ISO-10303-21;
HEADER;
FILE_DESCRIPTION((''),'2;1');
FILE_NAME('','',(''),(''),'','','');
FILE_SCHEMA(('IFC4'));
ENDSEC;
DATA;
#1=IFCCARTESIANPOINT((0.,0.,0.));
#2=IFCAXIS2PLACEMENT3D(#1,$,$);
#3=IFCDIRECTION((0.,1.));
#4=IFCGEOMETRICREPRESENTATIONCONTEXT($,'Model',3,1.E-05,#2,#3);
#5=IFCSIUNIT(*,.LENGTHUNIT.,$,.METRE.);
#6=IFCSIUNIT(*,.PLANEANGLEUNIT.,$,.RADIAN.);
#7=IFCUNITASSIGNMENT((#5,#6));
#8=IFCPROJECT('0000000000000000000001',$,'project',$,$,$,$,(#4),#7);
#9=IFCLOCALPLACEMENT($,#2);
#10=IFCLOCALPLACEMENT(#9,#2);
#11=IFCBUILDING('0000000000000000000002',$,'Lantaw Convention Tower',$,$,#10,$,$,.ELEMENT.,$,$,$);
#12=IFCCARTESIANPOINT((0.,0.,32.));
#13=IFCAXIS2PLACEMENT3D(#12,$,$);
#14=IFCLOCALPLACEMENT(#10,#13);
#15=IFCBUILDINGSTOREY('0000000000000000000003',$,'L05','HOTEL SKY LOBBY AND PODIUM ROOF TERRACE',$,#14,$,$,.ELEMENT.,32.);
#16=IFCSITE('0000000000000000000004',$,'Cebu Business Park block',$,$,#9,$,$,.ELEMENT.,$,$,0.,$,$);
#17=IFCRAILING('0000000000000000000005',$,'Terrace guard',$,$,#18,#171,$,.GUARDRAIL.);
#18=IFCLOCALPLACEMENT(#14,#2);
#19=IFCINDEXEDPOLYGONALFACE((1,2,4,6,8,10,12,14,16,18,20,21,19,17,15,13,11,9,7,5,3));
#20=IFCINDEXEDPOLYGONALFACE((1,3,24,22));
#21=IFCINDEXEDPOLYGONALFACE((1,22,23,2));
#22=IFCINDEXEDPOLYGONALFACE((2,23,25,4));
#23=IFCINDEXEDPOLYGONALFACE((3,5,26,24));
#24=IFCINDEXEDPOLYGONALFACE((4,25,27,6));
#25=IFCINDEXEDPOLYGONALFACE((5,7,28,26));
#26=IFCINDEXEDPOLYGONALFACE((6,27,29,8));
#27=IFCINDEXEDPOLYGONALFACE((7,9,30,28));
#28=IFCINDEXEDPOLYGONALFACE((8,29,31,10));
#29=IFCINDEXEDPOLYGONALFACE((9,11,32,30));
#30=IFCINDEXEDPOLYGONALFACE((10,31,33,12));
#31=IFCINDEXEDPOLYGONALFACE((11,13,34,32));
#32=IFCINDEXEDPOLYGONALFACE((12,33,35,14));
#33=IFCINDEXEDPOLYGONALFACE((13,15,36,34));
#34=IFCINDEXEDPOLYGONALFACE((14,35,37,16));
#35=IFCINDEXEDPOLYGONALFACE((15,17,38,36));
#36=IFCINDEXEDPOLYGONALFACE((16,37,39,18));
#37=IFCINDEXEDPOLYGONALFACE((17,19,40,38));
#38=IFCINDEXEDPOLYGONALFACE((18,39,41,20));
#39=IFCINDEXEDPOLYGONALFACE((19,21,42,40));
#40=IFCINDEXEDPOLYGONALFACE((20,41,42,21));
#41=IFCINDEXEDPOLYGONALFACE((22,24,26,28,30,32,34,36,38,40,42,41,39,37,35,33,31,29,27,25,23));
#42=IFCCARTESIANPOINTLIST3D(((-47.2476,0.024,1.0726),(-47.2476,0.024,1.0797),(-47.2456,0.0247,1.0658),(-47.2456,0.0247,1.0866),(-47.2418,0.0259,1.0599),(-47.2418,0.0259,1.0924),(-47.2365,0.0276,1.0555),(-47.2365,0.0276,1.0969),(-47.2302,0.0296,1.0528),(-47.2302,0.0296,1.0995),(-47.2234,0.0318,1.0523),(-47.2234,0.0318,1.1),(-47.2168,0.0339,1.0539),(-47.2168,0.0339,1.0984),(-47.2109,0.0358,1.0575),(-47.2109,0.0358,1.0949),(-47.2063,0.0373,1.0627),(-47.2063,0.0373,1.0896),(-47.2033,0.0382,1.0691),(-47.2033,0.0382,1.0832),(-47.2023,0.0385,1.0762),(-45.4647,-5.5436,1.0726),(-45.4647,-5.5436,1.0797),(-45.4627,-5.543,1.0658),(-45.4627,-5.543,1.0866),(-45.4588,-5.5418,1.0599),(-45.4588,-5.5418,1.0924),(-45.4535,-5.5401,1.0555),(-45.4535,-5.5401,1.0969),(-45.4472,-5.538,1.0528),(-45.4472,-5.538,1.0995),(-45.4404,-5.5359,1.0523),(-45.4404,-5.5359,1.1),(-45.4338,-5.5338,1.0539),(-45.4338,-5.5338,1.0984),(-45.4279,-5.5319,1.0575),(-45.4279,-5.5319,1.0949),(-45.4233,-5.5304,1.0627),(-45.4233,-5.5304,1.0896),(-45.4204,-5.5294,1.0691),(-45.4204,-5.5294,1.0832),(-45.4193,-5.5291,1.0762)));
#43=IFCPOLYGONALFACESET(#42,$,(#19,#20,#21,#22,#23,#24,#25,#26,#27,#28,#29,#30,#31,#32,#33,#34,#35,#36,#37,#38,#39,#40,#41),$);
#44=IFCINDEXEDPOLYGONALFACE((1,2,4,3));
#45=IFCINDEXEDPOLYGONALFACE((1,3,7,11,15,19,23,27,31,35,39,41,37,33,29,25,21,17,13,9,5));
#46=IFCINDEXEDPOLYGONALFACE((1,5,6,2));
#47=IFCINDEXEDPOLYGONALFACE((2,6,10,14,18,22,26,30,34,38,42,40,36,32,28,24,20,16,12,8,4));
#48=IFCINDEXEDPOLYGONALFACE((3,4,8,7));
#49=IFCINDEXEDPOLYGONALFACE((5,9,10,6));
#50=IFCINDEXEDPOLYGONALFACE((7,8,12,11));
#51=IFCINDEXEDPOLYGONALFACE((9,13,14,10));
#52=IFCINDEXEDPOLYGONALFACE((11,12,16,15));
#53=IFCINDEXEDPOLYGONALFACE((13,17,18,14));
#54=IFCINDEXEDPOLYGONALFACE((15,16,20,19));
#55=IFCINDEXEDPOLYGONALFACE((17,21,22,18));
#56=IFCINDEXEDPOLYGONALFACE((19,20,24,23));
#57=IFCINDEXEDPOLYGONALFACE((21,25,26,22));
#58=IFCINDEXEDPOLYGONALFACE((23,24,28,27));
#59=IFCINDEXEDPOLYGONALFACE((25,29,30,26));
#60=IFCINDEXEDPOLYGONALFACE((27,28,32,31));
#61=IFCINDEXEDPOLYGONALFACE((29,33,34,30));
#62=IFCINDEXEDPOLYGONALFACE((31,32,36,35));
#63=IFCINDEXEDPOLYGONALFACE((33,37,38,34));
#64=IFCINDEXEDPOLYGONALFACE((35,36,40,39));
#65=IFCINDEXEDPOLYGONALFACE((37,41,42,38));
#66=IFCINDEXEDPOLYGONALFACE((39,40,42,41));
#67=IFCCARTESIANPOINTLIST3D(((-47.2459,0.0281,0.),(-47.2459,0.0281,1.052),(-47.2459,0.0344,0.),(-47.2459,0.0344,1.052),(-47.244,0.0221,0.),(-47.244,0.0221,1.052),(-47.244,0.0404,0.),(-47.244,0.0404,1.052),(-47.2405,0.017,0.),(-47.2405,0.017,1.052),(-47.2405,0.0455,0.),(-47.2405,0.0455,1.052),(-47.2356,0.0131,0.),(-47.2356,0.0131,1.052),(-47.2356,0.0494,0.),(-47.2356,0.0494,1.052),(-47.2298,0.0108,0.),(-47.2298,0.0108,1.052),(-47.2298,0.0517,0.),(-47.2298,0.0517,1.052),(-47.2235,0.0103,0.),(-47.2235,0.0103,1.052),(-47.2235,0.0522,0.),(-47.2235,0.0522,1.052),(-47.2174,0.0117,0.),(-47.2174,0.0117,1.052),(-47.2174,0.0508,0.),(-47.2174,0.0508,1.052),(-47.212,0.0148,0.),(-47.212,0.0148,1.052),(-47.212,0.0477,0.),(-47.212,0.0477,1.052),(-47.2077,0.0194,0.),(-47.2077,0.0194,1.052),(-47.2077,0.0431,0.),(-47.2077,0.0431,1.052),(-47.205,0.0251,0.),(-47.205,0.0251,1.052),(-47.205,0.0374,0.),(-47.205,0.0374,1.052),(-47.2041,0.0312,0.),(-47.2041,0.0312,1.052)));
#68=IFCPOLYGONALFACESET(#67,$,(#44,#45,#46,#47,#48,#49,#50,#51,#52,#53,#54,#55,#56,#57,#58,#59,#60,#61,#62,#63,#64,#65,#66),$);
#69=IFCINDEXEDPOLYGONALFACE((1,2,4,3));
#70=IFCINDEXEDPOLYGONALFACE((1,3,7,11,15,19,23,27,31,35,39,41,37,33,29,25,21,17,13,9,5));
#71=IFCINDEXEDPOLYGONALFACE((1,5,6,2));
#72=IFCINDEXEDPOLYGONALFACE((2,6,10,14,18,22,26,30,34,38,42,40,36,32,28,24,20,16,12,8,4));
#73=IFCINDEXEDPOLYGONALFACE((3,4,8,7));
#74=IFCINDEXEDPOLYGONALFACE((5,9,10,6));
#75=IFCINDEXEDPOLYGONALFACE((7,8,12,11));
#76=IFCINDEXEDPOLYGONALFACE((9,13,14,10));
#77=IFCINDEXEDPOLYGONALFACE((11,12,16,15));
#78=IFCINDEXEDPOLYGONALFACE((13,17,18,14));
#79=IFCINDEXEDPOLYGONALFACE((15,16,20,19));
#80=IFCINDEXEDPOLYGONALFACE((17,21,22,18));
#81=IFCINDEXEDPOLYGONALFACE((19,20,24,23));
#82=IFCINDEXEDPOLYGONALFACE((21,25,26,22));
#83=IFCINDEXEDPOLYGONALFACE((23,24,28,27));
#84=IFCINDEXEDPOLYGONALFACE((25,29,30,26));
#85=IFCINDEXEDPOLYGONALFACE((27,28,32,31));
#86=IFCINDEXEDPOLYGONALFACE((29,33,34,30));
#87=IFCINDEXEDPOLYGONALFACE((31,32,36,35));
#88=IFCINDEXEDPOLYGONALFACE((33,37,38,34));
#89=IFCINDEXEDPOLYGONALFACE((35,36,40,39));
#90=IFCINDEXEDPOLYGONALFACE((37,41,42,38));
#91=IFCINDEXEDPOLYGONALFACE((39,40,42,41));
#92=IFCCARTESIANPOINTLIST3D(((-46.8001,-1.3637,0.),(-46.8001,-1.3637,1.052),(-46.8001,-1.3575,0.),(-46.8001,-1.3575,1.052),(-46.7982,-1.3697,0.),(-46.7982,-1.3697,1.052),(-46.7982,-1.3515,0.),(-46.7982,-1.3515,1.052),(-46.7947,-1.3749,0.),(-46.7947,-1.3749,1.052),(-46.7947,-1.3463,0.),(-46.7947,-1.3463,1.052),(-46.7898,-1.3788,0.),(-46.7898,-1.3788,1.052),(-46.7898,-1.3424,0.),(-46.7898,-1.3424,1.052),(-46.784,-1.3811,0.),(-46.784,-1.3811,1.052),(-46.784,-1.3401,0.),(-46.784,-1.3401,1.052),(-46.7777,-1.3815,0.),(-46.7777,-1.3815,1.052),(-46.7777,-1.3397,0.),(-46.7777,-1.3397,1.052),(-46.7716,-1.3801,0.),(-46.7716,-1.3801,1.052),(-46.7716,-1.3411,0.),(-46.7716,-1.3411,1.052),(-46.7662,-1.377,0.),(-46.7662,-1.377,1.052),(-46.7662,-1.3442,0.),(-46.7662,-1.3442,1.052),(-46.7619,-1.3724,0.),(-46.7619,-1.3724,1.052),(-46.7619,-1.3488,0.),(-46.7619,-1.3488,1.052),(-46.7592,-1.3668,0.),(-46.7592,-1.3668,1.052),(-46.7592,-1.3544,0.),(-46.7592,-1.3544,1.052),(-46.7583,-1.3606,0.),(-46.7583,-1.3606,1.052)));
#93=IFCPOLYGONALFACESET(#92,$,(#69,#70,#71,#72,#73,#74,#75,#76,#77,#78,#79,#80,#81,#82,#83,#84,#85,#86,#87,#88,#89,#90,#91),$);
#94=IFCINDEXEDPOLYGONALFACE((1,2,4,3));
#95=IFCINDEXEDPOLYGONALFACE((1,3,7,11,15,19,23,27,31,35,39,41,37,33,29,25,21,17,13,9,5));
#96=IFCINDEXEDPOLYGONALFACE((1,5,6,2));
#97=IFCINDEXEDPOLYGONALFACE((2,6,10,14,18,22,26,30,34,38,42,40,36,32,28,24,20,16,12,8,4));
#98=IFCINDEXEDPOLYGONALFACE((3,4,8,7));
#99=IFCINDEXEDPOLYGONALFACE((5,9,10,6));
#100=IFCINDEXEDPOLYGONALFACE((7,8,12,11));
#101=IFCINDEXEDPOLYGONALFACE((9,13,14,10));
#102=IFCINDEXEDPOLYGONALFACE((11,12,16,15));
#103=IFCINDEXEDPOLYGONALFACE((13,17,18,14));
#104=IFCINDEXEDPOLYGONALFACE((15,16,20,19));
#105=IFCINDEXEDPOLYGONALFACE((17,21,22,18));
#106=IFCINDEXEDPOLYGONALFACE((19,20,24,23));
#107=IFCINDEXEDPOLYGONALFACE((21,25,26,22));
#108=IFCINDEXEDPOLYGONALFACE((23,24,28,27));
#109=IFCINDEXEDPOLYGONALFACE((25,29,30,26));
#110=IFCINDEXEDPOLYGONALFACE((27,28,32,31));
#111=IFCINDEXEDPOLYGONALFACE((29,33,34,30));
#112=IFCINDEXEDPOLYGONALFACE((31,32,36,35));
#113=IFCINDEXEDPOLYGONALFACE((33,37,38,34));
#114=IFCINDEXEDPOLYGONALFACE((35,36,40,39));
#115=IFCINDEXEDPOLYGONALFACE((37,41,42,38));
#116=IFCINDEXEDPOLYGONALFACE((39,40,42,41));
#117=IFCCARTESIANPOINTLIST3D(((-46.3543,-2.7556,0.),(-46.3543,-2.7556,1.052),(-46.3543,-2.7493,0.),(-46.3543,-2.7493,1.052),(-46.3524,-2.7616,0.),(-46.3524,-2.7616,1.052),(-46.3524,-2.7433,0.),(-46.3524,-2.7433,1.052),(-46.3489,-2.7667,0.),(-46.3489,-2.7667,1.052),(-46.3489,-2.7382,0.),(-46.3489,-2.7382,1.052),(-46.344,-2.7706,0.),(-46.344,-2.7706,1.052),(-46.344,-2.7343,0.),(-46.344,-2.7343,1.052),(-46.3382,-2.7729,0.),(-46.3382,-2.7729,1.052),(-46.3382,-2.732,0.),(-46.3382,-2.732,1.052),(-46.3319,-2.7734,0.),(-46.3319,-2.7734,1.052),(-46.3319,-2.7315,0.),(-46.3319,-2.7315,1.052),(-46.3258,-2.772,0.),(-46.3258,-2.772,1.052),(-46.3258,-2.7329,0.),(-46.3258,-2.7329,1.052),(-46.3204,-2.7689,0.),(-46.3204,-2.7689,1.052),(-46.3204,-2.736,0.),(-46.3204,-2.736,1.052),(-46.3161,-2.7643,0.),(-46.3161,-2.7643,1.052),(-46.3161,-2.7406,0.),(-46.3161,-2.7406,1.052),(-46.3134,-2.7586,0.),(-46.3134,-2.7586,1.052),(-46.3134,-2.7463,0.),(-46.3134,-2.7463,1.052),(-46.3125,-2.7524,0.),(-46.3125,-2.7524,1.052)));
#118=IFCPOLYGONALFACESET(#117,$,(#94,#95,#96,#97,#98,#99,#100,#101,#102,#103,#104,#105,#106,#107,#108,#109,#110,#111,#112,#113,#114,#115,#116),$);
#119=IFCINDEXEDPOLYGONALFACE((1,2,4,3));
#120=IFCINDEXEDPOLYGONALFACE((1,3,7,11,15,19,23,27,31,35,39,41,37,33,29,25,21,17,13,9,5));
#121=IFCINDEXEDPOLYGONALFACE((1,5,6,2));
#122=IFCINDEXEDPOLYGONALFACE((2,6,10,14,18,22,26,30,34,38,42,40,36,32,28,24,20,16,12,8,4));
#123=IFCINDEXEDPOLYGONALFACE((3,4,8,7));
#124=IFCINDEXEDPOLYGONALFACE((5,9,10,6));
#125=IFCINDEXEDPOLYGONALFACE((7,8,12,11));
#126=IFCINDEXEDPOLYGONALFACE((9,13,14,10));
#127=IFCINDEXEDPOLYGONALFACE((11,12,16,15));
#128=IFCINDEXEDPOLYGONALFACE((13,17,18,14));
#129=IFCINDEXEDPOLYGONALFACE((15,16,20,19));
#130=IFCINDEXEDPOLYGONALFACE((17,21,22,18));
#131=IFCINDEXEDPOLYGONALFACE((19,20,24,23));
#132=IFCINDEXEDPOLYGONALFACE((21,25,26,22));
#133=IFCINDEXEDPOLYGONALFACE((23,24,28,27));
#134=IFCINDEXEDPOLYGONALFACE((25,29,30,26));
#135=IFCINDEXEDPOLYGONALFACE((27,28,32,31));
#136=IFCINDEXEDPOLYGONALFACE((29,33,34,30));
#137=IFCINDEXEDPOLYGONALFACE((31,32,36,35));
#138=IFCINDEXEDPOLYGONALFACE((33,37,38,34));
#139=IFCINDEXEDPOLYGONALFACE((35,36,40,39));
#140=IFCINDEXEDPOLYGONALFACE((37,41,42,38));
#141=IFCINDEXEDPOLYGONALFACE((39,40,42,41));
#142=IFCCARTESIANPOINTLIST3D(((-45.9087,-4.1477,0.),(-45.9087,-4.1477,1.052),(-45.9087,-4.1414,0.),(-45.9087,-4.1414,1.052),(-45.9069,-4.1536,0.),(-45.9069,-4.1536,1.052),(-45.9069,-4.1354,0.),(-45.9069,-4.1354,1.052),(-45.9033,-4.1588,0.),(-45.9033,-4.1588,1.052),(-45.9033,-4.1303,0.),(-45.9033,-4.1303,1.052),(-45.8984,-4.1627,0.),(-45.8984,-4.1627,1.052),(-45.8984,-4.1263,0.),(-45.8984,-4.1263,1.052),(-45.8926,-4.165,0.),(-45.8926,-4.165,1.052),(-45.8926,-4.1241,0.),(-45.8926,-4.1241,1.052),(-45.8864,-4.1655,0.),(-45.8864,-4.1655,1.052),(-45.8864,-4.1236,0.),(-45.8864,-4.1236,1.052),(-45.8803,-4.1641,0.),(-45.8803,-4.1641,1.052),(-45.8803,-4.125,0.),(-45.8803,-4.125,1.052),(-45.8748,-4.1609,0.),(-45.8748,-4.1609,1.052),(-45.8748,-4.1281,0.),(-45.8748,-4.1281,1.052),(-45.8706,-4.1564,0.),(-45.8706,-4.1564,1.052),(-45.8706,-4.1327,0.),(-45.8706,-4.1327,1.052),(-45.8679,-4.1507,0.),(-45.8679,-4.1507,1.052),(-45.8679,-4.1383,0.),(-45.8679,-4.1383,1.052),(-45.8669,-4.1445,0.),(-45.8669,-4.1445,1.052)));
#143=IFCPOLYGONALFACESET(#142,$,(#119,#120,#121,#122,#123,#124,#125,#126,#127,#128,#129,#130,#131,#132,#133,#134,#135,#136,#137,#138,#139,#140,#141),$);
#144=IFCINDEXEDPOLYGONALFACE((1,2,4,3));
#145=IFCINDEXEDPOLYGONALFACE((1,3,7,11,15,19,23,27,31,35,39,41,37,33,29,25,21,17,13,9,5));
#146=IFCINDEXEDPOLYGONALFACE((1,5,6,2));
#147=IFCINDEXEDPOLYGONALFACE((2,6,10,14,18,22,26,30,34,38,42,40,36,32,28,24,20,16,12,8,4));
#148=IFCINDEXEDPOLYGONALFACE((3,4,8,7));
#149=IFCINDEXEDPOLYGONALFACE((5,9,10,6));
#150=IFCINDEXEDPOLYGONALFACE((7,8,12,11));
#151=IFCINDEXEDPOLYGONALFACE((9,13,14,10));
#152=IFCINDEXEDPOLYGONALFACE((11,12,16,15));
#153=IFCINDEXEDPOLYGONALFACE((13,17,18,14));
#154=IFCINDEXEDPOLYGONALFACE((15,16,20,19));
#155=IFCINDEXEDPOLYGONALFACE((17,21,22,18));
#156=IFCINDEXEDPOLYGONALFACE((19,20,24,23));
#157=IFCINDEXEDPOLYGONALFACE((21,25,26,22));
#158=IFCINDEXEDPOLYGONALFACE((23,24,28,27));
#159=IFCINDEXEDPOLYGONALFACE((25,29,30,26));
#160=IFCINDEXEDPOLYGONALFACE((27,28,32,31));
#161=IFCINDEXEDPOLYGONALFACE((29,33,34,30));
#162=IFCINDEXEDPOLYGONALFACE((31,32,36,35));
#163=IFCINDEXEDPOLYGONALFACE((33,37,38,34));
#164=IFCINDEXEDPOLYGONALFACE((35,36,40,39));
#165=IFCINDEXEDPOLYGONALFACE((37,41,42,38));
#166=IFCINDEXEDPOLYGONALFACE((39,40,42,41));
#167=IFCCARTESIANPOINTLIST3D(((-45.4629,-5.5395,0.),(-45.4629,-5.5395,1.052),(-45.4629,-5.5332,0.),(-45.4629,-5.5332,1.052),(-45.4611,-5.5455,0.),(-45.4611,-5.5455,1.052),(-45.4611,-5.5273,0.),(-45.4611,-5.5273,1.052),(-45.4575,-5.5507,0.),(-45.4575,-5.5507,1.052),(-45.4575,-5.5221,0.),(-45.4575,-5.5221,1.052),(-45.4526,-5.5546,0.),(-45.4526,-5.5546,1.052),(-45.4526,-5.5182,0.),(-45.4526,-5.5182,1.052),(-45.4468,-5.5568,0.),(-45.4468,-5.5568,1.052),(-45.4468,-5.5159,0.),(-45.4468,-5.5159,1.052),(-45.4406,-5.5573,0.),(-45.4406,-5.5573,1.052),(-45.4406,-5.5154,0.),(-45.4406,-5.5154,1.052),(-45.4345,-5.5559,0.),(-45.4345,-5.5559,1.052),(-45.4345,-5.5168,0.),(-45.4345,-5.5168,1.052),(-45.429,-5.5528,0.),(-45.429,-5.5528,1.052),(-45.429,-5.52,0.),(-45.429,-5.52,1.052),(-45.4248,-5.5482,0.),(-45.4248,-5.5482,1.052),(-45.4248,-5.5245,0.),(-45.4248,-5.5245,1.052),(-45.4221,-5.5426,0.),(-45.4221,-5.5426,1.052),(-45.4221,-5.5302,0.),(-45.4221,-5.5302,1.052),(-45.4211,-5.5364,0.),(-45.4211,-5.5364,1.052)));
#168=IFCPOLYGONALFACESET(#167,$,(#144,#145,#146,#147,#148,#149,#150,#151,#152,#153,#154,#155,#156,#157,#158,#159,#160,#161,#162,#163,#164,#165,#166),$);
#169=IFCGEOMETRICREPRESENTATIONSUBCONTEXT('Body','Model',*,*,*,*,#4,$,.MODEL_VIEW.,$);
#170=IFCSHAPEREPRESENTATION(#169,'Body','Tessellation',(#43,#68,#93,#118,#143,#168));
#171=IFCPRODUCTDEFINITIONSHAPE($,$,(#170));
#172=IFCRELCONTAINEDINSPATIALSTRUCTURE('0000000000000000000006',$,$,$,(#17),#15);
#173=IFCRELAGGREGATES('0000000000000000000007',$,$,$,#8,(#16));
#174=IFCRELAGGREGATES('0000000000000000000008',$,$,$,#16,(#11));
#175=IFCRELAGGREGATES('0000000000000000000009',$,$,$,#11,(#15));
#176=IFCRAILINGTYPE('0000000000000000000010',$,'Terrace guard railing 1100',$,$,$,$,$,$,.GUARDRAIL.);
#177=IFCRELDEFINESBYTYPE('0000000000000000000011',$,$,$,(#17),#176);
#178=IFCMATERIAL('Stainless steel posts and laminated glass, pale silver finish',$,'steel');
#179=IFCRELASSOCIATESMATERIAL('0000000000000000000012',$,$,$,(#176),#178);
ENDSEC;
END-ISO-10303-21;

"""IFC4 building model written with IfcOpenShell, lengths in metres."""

from ifc_helpers import new_model, si_unit, direction, frame, origin, origin_2d, place, context, subcontext, project, spatial, circle, extrude, material, type_object, element, save


model = new_model("IFC4")

# Units and contexts
model_context = context("Model", 3, precision=1e-05, world=origin(), true_north=direction((0.0, 1.0)))
body_context = subcontext(model_context, "Body", "Model", "MODEL_VIEW")
ifc_project = project(units=[si_unit("LENGTHUNIT", "METRE"), si_unit("PLANEANGLEUNIT", "RADIAN")], contexts=[model_context])

# Site, building, storey
site_placement = place(None, origin())
site = spatial("IfcSite", under=ifc_project, at=site_placement, Name="Cebu Business Park block", CompositionType="ELEMENT", RefElevation=0.0)
building_placement = place(site_placement, origin())
building = spatial("IfcBuilding", under=site, at=building_placement, Name="Lantaw Convention Tower", CompositionType="ELEMENT")
storey_placement = place(building_placement, frame((0.0, 0.0, 32.0)))
storey = spatial("IfcBuildingStorey", under=building, at=storey_placement, Name="L05", Description="HOTEL SKY LOBBY AND PODIUM ROOF TERRACE", CompositionType="ELEMENT", Elevation=32.0)

# Railing
ifc_material_1 = material(Name="Stainless steel posts and laminated glass, pale silver finish", Category="steel")
railing_type_1 = type_object("IfcRailingType", Name="Terrace guard railing 1100", PredefinedType="GUARDRAIL", material=ifc_material_1)
railing_1_placement = place(storey_placement, frame((-47.2251, 0.0312, 0.0)))
element("IfcRailing", 1, at=railing_1_placement, inside=storey, type_object=railing_type_1, Name="Terrace guard", PredefinedType="GUARDRAIL", context=body_context, shape_type="SweptSolid", body=[
    extrude(circle(Radius=0.0239, at=origin_2d()), frame((0.0, 0.0, 1.0762), z_axis=(0.30498, -0.952359, 0.0), x_axis=(0.952359, 0.30498, 0.0)), (0.0, 0.0, 1.0), 5.8462),
    extrude(circle(Radius=0.021, at=origin_2d()), origin(), (0.0, 0.0, 1.0), 1.052),
    extrude(circle(Radius=0.021, at=origin_2d()), frame((0.4458, -1.3918, 0.0)), (0.0, 0.0, 1.0), 1.052),
    extrude(circle(Radius=0.021, at=origin_2d()), frame((0.8916, -2.7837, 0.0)), (0.0, 0.0, 1.0), 1.052),
    extrude(circle(Radius=0.021, at=origin_2d()), frame((1.3372, -4.1758, 0.0)), (0.0, 0.0, 1.0), 1.052),
    extrude(circle(Radius=0.021, at=origin_2d()), frame((1.783, -5.5676, 0.0)), (0.0, 0.0, 1.0), 1.052),
])

save(model, "model.ifc")
